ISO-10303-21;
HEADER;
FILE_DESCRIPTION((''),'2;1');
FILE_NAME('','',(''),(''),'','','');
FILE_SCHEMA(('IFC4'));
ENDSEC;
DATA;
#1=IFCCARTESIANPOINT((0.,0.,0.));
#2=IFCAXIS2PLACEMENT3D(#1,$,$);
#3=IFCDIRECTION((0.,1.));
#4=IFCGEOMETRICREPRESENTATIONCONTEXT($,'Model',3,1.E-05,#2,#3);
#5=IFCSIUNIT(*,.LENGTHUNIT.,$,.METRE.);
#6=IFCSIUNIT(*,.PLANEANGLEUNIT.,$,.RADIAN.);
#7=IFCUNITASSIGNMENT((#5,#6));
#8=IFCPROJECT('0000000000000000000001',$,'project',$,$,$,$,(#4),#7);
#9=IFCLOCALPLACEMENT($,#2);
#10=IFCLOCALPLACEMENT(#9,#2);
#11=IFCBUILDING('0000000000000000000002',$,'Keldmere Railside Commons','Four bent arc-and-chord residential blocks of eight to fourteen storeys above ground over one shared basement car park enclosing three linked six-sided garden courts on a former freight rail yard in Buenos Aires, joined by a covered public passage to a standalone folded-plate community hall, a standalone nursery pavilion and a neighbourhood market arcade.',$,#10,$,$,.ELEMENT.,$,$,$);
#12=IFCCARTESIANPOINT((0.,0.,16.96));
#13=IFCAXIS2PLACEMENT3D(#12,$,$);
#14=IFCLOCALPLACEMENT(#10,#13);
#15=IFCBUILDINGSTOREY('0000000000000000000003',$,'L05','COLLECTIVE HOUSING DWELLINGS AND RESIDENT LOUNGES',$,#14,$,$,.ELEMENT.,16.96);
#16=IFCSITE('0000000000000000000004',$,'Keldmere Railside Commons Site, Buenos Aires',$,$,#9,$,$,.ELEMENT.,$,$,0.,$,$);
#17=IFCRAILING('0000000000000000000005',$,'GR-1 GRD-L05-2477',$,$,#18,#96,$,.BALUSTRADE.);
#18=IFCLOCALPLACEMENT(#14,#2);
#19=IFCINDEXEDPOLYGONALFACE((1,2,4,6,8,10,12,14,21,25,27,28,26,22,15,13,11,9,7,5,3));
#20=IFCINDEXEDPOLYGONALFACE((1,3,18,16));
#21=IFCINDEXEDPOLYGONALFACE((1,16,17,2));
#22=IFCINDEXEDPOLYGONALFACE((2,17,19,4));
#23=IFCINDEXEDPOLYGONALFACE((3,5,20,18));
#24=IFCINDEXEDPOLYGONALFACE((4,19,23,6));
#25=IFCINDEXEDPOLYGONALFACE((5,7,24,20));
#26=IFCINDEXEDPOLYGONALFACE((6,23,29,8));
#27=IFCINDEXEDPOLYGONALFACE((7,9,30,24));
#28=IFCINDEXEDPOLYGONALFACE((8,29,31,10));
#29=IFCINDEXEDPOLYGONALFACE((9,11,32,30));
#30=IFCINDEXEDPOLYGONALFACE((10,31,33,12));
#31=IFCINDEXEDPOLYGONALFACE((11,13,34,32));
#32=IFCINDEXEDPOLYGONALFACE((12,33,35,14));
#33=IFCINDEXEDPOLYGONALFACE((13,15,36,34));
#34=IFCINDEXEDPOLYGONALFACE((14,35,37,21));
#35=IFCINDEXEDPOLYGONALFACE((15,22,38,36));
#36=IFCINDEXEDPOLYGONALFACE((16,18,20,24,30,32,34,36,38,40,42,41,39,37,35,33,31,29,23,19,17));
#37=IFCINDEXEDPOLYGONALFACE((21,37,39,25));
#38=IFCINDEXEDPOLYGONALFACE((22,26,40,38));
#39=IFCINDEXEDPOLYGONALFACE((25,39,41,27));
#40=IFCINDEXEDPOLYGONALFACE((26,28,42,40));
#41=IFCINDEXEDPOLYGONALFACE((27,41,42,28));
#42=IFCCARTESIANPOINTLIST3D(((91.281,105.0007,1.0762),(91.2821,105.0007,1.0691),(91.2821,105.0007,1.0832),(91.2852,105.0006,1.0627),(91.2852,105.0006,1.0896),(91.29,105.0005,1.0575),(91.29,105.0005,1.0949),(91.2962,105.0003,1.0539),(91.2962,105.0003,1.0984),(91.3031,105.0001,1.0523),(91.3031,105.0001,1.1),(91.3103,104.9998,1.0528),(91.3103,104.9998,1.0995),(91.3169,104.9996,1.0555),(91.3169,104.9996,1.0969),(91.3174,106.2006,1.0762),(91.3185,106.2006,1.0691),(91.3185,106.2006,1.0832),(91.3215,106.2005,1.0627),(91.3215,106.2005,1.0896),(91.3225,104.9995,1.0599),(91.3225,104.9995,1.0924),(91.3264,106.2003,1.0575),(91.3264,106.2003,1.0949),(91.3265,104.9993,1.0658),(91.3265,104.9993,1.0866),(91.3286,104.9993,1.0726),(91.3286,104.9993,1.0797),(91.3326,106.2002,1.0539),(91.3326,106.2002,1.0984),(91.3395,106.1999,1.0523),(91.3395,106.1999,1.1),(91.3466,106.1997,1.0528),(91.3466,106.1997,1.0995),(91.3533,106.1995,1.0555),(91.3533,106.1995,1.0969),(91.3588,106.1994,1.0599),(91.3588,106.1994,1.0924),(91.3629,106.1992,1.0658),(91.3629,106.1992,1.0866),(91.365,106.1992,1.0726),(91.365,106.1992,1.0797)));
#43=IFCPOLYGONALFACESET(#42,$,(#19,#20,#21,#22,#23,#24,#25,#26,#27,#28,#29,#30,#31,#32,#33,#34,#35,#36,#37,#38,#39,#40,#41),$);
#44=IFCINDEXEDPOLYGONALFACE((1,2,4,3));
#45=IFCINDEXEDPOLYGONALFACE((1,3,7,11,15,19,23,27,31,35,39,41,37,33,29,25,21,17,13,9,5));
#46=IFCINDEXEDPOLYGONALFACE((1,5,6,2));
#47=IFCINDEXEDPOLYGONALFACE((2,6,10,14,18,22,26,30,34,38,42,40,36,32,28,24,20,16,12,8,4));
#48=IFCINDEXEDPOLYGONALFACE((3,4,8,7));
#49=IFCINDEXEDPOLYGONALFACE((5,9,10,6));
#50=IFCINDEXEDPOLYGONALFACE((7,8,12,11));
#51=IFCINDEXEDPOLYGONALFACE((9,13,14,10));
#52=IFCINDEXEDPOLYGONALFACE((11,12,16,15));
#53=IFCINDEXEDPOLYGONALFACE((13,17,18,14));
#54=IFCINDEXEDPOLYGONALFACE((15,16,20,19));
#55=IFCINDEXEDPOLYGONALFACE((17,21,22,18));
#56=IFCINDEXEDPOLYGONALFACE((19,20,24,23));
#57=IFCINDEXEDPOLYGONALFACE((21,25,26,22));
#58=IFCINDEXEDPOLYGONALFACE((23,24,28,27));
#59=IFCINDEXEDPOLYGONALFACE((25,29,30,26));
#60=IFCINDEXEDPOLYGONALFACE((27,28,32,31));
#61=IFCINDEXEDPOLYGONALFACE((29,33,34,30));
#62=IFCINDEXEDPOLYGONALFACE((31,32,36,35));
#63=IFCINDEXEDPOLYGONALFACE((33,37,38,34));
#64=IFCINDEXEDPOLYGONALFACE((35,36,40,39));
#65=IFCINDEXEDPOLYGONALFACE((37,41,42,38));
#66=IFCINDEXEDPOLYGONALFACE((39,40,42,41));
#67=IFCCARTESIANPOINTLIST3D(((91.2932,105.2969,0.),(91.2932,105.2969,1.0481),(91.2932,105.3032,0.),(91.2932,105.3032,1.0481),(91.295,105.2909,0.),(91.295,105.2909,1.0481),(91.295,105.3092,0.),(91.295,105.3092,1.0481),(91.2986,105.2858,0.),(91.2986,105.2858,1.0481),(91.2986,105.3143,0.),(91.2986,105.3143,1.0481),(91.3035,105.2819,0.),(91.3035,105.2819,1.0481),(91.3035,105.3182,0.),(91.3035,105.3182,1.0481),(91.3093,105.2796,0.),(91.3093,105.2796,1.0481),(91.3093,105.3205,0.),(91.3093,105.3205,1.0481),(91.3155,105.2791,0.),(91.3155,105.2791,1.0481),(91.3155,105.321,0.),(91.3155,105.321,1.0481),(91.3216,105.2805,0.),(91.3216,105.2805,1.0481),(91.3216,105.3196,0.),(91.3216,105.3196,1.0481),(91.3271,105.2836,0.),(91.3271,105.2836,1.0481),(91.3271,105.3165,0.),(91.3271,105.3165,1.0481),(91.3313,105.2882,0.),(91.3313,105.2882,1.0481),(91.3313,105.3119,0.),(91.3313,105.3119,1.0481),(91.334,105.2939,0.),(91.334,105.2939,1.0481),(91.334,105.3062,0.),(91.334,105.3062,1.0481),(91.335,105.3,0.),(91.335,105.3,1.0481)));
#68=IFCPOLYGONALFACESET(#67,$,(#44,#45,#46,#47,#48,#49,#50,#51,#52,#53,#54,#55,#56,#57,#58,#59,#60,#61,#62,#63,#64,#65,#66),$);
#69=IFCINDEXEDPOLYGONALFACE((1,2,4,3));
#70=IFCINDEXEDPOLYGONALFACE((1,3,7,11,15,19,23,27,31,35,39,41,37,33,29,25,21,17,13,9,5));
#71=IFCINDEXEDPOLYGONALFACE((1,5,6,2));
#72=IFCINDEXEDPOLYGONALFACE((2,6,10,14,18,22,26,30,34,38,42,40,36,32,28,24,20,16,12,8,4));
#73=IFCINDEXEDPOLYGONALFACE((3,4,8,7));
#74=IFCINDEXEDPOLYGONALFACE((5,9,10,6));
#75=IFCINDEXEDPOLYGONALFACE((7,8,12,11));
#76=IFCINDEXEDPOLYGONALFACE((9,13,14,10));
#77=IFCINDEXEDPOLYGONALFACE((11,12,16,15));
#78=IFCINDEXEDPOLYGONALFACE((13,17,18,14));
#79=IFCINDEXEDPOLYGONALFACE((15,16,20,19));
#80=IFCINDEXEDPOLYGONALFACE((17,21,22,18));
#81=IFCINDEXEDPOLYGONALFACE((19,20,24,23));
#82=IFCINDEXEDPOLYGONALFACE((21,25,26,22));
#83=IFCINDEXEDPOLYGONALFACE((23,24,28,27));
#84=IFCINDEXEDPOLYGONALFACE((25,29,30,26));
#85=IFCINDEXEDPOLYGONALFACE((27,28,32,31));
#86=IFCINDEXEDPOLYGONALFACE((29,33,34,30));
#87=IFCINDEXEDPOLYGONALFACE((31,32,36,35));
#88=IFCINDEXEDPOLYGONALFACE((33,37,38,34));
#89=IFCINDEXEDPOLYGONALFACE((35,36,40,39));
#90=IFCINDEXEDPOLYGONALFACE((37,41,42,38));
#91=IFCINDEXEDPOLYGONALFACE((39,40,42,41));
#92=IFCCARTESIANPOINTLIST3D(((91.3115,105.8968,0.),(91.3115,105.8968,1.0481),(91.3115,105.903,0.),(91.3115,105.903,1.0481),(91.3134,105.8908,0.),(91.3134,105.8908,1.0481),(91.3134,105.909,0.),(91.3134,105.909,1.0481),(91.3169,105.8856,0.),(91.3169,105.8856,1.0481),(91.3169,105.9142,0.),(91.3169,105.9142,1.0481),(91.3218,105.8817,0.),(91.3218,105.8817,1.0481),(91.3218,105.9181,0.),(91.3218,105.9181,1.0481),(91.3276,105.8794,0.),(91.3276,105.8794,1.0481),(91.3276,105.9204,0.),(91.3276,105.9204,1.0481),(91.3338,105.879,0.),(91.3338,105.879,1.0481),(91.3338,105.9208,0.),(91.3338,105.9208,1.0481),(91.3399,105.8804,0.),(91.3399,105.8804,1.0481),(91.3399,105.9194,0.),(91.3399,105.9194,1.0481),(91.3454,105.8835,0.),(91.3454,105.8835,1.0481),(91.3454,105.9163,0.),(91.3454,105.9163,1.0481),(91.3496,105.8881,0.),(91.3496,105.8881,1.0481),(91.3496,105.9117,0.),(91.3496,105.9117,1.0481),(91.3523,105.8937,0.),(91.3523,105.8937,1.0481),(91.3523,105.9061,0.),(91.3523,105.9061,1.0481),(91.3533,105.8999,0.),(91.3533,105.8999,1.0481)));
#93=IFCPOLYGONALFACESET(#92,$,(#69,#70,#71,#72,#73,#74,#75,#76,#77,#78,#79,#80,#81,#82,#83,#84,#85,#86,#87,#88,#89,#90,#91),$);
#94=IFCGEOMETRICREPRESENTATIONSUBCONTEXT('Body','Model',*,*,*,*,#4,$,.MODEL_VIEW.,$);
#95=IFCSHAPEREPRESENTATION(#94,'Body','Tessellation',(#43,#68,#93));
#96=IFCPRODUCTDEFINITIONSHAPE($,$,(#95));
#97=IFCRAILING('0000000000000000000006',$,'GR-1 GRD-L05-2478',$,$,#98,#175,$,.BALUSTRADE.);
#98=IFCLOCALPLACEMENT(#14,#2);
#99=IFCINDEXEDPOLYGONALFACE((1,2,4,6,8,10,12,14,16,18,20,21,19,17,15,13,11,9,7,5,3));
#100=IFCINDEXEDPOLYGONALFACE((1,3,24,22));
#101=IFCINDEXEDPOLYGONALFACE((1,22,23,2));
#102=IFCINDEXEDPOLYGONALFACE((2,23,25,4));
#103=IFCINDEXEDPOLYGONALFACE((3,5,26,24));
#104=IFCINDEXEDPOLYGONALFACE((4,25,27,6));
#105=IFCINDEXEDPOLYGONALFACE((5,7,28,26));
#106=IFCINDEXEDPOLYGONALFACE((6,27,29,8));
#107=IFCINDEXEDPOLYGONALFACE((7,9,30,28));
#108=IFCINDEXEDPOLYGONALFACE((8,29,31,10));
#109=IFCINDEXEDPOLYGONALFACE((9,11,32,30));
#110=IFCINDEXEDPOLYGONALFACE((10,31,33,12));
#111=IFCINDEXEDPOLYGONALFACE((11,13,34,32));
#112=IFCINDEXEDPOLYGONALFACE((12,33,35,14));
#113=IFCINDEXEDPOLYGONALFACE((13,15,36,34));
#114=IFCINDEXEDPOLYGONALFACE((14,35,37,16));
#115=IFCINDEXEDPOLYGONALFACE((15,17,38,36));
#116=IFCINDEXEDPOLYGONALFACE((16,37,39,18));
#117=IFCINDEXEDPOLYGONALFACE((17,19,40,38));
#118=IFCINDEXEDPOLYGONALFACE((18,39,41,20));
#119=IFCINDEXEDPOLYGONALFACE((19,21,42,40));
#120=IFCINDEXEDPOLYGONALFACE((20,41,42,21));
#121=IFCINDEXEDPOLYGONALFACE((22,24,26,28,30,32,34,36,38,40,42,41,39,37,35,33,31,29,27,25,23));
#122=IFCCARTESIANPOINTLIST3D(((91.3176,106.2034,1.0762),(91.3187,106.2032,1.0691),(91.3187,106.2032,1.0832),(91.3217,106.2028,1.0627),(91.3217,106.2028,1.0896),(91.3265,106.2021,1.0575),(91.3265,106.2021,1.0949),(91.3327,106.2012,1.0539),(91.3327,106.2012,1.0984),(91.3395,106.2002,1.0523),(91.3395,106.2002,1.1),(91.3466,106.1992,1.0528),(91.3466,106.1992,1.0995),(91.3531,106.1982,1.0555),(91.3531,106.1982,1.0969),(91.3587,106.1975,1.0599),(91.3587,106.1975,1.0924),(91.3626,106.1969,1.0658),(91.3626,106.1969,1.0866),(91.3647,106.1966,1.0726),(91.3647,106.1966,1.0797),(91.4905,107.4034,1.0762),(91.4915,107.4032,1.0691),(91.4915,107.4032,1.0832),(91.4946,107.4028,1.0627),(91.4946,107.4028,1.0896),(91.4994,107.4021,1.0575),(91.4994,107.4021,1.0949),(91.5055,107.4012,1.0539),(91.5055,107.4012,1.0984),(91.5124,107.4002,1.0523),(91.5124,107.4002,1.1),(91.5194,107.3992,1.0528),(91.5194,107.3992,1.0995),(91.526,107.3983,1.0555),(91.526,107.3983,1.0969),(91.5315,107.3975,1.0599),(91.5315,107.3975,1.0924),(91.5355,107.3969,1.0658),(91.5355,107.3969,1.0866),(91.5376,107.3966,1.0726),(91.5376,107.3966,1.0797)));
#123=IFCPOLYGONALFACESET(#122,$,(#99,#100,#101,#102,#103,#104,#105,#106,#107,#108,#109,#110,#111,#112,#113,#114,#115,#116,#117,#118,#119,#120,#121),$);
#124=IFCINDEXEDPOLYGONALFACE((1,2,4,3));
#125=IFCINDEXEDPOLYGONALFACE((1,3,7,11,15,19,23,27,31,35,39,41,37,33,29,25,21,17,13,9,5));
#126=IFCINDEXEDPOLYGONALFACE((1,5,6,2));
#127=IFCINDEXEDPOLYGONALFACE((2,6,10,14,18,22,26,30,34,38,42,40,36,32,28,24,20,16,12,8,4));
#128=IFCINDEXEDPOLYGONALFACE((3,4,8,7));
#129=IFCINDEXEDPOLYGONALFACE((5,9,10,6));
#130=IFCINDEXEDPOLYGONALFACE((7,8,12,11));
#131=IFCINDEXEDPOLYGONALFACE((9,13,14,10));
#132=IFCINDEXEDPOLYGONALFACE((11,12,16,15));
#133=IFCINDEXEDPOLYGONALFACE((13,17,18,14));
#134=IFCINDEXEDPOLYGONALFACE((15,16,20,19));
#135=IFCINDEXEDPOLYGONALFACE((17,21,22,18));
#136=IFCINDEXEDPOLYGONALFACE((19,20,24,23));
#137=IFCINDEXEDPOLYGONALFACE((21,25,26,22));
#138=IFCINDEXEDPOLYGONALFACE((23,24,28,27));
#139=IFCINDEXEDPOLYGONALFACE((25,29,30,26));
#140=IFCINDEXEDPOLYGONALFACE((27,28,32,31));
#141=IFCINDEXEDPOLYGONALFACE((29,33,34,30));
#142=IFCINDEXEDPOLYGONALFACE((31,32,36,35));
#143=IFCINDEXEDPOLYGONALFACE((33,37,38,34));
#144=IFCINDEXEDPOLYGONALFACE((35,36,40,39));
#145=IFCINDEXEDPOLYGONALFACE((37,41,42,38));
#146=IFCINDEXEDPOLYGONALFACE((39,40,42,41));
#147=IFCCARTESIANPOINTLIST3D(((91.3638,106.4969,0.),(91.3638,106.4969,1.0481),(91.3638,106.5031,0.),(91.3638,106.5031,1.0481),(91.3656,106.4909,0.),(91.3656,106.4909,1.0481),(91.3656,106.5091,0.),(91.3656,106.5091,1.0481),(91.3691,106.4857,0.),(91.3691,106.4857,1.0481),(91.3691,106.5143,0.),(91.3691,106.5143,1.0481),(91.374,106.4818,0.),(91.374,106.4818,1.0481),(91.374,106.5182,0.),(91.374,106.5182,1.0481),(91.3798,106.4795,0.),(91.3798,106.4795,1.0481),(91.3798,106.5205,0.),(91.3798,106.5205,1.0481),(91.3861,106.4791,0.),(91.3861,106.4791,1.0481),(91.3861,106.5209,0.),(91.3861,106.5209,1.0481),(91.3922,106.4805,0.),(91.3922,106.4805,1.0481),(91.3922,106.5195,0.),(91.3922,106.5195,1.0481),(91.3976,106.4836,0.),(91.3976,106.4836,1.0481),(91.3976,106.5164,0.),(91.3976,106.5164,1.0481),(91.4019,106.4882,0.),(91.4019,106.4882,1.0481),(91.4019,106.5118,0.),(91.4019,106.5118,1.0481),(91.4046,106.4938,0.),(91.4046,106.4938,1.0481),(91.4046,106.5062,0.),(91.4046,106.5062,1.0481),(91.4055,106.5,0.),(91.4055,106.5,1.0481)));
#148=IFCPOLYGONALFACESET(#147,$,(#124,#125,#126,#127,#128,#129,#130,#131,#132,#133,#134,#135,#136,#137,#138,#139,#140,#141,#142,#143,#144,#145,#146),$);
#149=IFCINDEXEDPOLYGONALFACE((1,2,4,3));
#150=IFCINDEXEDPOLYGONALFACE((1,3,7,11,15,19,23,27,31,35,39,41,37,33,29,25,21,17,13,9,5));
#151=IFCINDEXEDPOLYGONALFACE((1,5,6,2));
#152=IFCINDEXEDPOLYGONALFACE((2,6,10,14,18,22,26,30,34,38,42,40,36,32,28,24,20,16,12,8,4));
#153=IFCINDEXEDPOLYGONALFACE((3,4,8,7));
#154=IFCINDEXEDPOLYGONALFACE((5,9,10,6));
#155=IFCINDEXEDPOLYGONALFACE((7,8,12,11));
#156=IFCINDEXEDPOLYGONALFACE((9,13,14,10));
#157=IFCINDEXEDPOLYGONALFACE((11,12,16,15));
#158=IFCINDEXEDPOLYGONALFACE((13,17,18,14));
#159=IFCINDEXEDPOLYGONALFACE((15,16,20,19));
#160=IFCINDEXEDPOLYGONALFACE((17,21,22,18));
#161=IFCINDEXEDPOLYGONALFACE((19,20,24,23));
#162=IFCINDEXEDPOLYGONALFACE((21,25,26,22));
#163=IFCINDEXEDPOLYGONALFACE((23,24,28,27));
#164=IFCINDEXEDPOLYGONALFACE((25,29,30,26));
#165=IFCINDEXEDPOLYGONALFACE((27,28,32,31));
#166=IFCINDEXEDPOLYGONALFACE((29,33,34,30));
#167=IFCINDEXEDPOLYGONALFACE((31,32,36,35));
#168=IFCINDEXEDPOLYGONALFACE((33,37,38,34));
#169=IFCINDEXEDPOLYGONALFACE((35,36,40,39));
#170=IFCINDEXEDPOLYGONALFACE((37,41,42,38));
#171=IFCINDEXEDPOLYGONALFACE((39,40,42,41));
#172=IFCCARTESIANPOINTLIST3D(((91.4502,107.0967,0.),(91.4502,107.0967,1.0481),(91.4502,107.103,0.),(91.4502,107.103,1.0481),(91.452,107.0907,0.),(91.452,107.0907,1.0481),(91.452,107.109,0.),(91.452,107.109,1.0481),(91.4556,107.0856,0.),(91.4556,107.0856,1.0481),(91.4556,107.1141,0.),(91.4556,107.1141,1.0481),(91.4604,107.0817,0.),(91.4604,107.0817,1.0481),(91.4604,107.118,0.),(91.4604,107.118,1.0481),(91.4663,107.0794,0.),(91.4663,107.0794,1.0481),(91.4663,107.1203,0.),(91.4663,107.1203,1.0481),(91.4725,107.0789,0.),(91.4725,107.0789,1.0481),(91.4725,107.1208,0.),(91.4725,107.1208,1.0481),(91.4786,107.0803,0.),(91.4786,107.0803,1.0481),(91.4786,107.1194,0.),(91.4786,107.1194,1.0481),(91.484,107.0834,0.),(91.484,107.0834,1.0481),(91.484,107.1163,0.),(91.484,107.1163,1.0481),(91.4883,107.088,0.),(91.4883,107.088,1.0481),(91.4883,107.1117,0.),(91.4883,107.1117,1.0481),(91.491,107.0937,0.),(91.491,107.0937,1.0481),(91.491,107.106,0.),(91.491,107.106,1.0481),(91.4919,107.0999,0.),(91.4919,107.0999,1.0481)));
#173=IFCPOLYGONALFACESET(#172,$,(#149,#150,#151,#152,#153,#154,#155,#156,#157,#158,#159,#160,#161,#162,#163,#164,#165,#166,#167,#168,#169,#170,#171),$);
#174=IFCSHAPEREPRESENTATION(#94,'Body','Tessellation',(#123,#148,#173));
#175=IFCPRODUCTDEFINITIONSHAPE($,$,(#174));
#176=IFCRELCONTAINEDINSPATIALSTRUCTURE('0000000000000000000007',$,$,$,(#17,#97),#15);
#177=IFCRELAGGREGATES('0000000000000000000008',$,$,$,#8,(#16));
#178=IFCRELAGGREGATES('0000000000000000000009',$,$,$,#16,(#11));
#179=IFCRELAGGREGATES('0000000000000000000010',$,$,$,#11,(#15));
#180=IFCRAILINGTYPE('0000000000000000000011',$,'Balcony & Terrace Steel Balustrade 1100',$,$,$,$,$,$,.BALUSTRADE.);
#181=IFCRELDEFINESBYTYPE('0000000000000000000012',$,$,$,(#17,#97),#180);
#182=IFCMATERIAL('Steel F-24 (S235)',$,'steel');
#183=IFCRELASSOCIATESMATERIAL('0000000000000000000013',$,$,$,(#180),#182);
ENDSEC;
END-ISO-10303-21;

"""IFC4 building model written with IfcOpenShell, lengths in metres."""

from ifc_helpers import new_model, si_unit, direction, frame, origin, origin_2d, place, context, subcontext, project, spatial, circle, extrude, material, type_object, element, save


model = new_model("IFC4")

# Units and contexts
model_context = context("Model", 3, precision=1e-05, world=origin(), true_north=direction((0.0, 1.0)))
body_context = subcontext(model_context, "Body", "Model", "MODEL_VIEW")
ifc_project = project(units=[si_unit("LENGTHUNIT", "METRE"), si_unit("PLANEANGLEUNIT", "RADIAN")], contexts=[model_context])

# Site, building, storey
site_placement = place(None, origin())
site = spatial("IfcSite", under=ifc_project, at=site_placement, Name="Keldmere Railside Commons Site, Buenos Aires", CompositionType="ELEMENT", RefElevation=0.0)
building_placement = place(site_placement, origin())
building = spatial("IfcBuilding", under=site, at=building_placement, Name="Keldmere Railside Commons", Description="Four bent arc-and-chord residential blocks of eight to fourteen storeys above ground over one shared basement car park enclosing three linked six-sided garden courts on a former freight rail yard in Buenos Aires, joined by a covered public passage to a standalone folded-plate community hall, a standalone nursery pavilion and a neighbourhood market arcade.", CompositionType="ELEMENT")
storey_placement = place(building_placement, frame((0.0, 0.0, 16.96)))
storey = spatial("IfcBuildingStorey", under=building, at=storey_placement, Name="L05", Description="COLLECTIVE HOUSING DWELLINGS AND RESIDENT LOUNGES", CompositionType="ELEMENT", Elevation=16.96)

# Shared definitions
ifc_material_1 = material(Name="Steel F-24 (S235)", Category="steel")

# Railings
railing_type_1 = type_object("IfcRailingType", Name="Balcony & Terrace Steel Balustrade 1100", PredefinedType="BALUSTRADE", material=ifc_material_1)
railing_1_placement = place(storey_placement, frame((91.3049, 105.0, 0.0)))
element("IfcRailing", 1, at=railing_1_placement, inside=storey, type_object=railing_type_1, Name="GR-1 GRD-L05-2477", PredefinedType="BALUSTRADE", context=body_context, shape_type="SweptSolid", body=[
    extrude(circle(Radius=0.0239, at=origin_2d()), frame((0.0, 0.0, 1.0762), z_axis=(0.030301, 0.999541, 0.0), x_axis=(-0.999541, 0.030301, 0.0)), (0.0, 0.0, 1.0), 1.2004),
    extrude(circle(Radius=0.021, at=origin_2d()), frame((0.009, 0.3, 0.0)), (0.0, 0.0, 1.0), 1.0481),
    extrude(circle(Radius=0.021, at=origin_2d()), frame((0.0273, 0.8999, 0.0)), (0.0, 0.0, 1.0), 1.0481),
])
railing_2_placement = place(storey_placement, frame((91.3413, 106.2, 0.0)))
element("IfcRailing", 2, at=railing_2_placement, inside=storey, type_object=railing_type_1, Name="GR-1 GRD-L05-2478", PredefinedType="BALUSTRADE", context=body_context, shape_type="SweptSolid", body=[
    extrude(circle(Radius=0.0239, at=origin_2d()), frame((0.0, 0.0, 1.0762), z_axis=(0.142577, 0.989784, 0.0), x_axis=(-0.989784, 0.142577, 0.0)), (0.0, 0.0, 1.0), 1.2124),
    extrude(circle(Radius=0.021, at=origin_2d()), frame((0.0432, 0.3, 0.0)), (0.0, 0.0, 1.0), 1.0481),
    extrude(circle(Radius=0.021, at=origin_2d()), frame((0.1296, 0.8999, 0.0)), (0.0, 0.0, 1.0), 1.0481),
])

save(model, "model.ifc")
